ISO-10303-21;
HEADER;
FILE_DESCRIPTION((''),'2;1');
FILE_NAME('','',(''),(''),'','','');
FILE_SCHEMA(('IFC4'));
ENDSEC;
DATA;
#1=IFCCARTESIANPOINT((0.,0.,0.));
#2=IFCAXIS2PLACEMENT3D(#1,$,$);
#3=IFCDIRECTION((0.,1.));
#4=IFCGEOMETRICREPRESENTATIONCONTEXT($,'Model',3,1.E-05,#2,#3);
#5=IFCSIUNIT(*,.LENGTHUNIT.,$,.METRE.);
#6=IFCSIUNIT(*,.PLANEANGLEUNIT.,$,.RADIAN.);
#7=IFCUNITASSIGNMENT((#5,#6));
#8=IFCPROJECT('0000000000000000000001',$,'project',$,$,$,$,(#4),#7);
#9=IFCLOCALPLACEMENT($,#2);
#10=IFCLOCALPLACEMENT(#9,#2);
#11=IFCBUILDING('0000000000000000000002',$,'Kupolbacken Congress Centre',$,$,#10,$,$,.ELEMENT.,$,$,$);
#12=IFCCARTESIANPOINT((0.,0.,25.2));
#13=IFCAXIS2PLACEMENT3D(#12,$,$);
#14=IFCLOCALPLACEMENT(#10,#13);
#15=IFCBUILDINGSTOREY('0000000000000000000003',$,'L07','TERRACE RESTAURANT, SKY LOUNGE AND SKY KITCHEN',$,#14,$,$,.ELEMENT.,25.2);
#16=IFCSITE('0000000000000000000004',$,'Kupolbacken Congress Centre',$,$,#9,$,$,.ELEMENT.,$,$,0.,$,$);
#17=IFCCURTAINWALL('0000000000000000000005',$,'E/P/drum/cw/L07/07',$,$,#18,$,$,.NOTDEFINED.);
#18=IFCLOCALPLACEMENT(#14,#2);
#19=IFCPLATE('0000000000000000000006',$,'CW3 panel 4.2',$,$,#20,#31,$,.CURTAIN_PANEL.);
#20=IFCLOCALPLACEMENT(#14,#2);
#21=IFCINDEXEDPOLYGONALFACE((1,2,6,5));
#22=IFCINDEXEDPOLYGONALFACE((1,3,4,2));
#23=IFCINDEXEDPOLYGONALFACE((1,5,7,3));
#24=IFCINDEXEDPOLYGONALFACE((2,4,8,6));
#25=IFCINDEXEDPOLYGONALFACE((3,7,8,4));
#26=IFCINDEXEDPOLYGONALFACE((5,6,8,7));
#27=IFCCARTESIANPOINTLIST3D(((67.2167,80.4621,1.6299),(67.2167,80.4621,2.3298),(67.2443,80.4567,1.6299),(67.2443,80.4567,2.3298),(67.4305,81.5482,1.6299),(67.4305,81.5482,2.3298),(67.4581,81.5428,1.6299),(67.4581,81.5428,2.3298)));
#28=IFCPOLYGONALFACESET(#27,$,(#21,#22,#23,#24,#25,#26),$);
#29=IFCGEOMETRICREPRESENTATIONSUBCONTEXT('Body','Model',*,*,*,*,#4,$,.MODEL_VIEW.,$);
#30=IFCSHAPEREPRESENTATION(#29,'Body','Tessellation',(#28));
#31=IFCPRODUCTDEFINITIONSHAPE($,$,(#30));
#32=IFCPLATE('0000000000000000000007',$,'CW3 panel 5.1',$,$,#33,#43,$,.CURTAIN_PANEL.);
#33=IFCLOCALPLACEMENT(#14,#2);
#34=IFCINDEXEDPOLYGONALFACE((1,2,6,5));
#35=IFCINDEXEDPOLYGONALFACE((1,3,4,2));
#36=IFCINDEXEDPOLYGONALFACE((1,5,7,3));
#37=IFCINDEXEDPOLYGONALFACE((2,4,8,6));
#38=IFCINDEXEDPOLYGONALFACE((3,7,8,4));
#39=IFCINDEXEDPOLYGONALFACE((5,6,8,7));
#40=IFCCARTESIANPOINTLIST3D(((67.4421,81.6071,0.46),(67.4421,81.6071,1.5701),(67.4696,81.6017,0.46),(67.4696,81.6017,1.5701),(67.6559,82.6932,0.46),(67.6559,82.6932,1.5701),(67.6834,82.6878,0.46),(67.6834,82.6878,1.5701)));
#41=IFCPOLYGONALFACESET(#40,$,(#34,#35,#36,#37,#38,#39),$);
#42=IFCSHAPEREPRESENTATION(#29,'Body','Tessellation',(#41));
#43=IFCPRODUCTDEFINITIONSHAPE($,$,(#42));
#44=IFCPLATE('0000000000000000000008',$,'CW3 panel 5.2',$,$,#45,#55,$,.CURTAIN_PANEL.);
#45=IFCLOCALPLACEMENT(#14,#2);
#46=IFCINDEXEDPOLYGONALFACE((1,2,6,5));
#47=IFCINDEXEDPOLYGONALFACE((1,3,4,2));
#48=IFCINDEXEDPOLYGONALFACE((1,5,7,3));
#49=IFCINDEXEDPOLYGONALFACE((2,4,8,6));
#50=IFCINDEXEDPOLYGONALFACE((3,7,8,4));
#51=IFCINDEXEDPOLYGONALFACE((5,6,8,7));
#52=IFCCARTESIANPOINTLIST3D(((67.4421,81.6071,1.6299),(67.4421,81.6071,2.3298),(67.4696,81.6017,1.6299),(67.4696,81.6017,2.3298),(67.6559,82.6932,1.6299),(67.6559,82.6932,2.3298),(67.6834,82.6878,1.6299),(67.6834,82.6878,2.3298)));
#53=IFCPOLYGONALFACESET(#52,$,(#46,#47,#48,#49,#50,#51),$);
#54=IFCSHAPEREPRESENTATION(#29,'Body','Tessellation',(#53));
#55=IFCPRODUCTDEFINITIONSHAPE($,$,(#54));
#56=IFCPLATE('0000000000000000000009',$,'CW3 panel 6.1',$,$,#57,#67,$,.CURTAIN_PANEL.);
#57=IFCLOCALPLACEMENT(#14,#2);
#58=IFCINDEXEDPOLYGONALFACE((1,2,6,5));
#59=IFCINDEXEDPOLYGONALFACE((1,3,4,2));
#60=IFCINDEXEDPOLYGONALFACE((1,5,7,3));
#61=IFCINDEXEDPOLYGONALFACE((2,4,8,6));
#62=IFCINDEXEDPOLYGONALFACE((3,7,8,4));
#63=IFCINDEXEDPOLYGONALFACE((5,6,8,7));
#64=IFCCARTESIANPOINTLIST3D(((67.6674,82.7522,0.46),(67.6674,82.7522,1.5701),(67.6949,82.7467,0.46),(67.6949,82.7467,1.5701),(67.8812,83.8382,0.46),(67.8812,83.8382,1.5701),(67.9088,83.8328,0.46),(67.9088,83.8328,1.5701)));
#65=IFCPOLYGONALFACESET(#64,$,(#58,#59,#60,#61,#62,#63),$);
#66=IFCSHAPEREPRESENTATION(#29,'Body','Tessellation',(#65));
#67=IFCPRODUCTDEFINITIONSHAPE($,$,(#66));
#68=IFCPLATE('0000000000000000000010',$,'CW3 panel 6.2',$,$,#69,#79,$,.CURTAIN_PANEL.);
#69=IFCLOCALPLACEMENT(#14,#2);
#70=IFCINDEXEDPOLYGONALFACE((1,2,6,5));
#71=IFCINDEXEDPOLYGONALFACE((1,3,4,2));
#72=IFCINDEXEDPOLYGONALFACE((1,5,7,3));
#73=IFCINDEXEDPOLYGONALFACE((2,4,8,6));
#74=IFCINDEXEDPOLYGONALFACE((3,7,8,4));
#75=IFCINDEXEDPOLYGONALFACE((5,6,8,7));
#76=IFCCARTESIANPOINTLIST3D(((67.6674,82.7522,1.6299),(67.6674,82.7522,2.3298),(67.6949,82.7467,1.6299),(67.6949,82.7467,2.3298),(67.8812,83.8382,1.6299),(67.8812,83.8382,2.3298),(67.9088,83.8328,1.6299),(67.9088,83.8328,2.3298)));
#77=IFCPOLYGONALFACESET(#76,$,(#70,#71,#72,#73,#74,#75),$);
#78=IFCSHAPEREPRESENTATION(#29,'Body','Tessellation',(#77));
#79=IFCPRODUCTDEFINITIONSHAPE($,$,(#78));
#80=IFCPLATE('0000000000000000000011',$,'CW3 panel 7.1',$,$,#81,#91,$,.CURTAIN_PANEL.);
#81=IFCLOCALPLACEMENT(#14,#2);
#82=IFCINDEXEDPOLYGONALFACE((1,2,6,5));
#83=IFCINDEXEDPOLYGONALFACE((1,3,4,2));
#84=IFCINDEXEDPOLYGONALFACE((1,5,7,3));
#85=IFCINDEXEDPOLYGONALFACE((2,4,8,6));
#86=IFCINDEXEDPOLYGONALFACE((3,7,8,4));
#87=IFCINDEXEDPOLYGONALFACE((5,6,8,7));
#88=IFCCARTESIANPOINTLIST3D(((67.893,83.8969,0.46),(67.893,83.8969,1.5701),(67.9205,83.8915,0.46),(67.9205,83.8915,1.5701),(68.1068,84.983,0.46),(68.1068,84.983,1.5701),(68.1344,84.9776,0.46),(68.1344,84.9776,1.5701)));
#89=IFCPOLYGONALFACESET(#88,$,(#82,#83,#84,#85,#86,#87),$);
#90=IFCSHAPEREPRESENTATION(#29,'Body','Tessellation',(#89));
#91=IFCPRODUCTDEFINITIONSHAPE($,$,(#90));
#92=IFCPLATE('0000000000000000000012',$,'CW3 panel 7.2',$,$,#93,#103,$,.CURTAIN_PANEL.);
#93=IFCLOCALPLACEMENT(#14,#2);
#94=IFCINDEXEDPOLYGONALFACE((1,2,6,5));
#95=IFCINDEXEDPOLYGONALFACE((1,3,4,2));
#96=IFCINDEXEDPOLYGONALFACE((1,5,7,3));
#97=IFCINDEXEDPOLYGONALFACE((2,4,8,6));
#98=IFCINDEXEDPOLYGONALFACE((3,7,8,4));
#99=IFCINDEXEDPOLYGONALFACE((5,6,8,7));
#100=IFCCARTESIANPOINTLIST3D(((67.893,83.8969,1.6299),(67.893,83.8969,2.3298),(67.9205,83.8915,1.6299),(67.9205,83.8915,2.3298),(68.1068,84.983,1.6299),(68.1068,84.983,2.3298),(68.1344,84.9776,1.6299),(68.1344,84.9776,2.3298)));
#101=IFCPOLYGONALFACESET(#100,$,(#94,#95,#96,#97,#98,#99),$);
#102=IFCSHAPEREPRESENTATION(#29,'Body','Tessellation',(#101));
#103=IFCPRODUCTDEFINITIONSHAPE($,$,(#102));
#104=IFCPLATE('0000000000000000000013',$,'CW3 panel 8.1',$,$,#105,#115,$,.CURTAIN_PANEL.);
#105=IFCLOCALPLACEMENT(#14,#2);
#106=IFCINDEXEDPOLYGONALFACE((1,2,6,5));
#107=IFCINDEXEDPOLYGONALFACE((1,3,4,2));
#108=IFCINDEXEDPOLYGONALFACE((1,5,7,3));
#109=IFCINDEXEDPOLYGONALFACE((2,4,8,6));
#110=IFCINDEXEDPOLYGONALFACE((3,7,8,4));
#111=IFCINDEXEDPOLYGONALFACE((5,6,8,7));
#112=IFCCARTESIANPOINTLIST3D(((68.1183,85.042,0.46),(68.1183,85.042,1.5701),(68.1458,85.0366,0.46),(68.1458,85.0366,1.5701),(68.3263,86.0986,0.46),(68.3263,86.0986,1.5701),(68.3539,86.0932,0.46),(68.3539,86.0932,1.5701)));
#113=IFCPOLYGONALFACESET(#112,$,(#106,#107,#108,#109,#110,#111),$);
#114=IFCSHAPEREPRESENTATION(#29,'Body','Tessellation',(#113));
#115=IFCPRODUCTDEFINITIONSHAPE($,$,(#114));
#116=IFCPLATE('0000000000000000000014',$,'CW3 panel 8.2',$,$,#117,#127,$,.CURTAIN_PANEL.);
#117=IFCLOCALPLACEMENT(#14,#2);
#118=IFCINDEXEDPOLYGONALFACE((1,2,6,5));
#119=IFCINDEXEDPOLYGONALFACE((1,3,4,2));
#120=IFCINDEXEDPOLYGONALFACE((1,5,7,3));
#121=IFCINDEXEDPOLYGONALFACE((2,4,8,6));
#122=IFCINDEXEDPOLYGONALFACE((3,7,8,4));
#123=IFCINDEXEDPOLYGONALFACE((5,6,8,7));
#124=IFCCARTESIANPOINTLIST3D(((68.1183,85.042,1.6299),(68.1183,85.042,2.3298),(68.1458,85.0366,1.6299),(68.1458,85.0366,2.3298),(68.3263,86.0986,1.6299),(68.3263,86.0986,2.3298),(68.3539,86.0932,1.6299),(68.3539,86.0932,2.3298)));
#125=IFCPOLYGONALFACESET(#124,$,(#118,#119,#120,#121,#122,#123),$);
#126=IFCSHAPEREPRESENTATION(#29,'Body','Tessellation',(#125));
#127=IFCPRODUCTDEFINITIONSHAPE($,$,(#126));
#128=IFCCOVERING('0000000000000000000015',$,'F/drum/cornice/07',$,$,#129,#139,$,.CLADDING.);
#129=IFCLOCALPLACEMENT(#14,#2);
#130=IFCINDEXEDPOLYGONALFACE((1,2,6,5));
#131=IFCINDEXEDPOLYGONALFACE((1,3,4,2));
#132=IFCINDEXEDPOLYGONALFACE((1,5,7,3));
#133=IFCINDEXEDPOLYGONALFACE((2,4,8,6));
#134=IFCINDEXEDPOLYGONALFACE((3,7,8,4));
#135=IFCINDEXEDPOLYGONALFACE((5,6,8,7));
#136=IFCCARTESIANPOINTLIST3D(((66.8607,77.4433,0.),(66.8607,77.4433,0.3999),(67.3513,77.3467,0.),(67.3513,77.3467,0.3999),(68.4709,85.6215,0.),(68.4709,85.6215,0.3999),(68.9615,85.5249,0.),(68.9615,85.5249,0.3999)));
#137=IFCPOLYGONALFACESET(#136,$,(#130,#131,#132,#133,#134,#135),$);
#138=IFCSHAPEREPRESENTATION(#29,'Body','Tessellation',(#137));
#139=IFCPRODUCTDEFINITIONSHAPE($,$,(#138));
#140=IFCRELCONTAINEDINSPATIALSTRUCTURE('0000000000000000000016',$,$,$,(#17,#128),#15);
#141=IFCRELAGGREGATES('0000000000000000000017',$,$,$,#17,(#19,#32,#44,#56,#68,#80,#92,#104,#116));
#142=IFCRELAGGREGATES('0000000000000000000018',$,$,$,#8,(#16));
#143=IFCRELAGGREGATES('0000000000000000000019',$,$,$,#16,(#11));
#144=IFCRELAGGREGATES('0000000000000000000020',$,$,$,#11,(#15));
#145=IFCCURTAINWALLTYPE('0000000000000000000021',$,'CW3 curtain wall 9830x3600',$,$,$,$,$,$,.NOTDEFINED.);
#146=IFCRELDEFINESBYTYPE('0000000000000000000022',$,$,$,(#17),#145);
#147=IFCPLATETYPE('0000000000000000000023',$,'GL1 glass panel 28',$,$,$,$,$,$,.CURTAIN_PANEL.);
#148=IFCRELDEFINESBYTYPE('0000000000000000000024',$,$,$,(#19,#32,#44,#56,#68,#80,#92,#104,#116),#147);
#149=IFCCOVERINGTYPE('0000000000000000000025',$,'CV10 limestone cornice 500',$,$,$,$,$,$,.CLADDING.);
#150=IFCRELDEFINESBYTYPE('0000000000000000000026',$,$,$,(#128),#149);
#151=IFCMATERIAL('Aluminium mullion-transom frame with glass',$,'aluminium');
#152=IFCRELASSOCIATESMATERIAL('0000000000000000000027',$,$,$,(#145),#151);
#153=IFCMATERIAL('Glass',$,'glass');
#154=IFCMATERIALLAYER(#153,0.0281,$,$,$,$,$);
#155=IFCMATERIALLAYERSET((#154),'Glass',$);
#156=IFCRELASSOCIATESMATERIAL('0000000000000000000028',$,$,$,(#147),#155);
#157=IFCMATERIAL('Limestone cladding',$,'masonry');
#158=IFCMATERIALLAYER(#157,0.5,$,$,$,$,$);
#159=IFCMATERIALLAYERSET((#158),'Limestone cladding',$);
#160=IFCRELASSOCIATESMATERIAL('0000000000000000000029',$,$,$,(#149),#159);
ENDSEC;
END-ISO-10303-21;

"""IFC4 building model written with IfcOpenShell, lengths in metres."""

from ifc_helpers import new_model, si_unit, direction, frame, origin, origin_2d, place, context, subcontext, project, spatial, rectangle, extrude, material, layer, layer_set, type_object, element, aggregate, save


model = new_model("IFC4")

# Units and contexts
model_context = context("Model", 3, precision=1e-05, world=origin(), true_north=direction((0.0, 1.0)))
body_context = subcontext(model_context, "Body", "Model", "MODEL_VIEW")
ifc_project = project(units=[si_unit("LENGTHUNIT", "METRE"), si_unit("PLANEANGLEUNIT", "RADIAN")], contexts=[model_context])

# Site, building, storey
site_placement = place(None, origin())
site = spatial("IfcSite", under=ifc_project, at=site_placement, Name="Kupolbacken Congress Centre", CompositionType="ELEMENT", RefElevation=0.0)
building_placement = place(site_placement, origin())
building = spatial("IfcBuilding", under=site, at=building_placement, Name="Kupolbacken Congress Centre", CompositionType="ELEMENT")
storey_placement = place(building_placement, frame((0.0, 0.0, 25.2)))
storey = spatial("IfcBuildingStorey", under=building, at=storey_placement, Name="L07", Description="TERRACE RESTAURANT, SKY LOUNGE AND SKY KITCHEN", CompositionType="ELEMENT", Elevation=25.2)

# Curtain wall, plates
ifc_material_1 = material(Name="Aluminium mullion-transom frame with glass", Category="aluminium")
curtain_wall_type = type_object("IfcCurtainWallType", Name="CW3 curtain wall 9830x3600", PredefinedType="NOTDEFINED", material=ifc_material_1)
curtain_wall_placement = place(storey_placement, origin())
curtain_wall = element("IfcCurtainWall", 1, at=curtain_wall_placement, inside=storey, type_object=curtain_wall_type, Name="E/P/drum/cw/L07/07", PredefinedType="NOTDEFINED")
ifc_material_2 = material(Name="Glass", Category="glass")
ifc_layer_1 = layer(ifc_material_2, 0.0281)
ifc_layer_set_1 = layer_set([ifc_layer_1], Name="Glass")
plate_type = type_object("IfcPlateType", Name="GL1 glass panel 28", PredefinedType="CURTAIN_PANEL", material=ifc_layer_set_1)
plate_1_placement = place(storey_placement, frame((67.3374, 81.0024, 1.6299), z_axis=(0.0, 0.0, 1.0), x_axis=(0.193182, 0.981163, 0.0)))
plate_1 = element("IfcPlate", 2, at=plate_1_placement, type_object=plate_type, Name="CW3 panel 4.2", PredefinedType="CURTAIN_PANEL", context=body_context, shape_type="SweptSolid", body=[
    extrude(rectangle(XDim=1.1069, YDim=0.0281, at=origin_2d()), origin(), (0.0, 0.0, 1.0), 0.7),
])
plate_2_placement = place(storey_placement, frame((67.5627, 82.1475, 0.46), z_axis=(0.0, 0.0, 1.0), x_axis=(0.193182, 0.981163, 0.0)))
plate_2 = element("IfcPlate", 3, at=plate_2_placement, type_object=plate_type, Name="CW3 panel 5.1", PredefinedType="CURTAIN_PANEL", context=body_context, shape_type="SweptSolid", body=[
    extrude(rectangle(XDim=1.1069, YDim=0.0281, at=origin_2d()), origin(), (0.0, 0.0, 1.0), 1.1101),
])
plate_3_placement = place(storey_placement, frame((67.5627, 82.1475, 1.6299), z_axis=(0.0, 0.0, 1.0), x_axis=(0.193182, 0.981163, 0.0)))
plate_3 = element("IfcPlate", 4, at=plate_3_placement, type_object=plate_type, Name="CW3 panel 5.2", PredefinedType="CURTAIN_PANEL", context=body_context, shape_type="SweptSolid", body=[
    extrude(rectangle(XDim=1.1069, YDim=0.0281, at=origin_2d()), origin(), (0.0, 0.0, 1.0), 0.7),
])
plate_4_placement = place(storey_placement, frame((67.7881, 83.2925, 0.46), z_axis=(0.0, 0.0, 1.0), x_axis=(0.193182, 0.981163, 0.0)))
plate_4 = element("IfcPlate", 5, at=plate_4_placement, type_object=plate_type, Name="CW3 panel 6.1", PredefinedType="CURTAIN_PANEL", context=body_context, shape_type="SweptSolid", body=[
    extrude(rectangle(XDim=1.1069, YDim=0.0281, at=origin_2d()), origin(), (0.0, 0.0, 1.0), 1.1101),
])
plate_5_placement = place(storey_placement, frame((67.7881, 83.2925, 1.6299), z_axis=(0.0, 0.0, 1.0), x_axis=(0.193182, 0.981163, 0.0)))
plate_5 = element("IfcPlate", 6, at=plate_5_placement, type_object=plate_type, Name="CW3 panel 6.2", PredefinedType="CURTAIN_PANEL", context=body_context, shape_type="SweptSolid", body=[
    extrude(rectangle(XDim=1.1069, YDim=0.0281, at=origin_2d()), origin(), (0.0, 0.0, 1.0), 0.7),
])
plate_6_placement = place(storey_placement, frame((68.0137, 84.4373, 0.46), z_axis=(0.0, 0.0, 1.0), x_axis=(0.193182, 0.981163, 0.0)))
plate_6 = element("IfcPlate", 7, at=plate_6_placement, type_object=plate_type, Name="CW3 panel 7.1", PredefinedType="CURTAIN_PANEL", context=body_context, shape_type="SweptSolid", body=[
    extrude(rectangle(XDim=1.1069, YDim=0.0281, at=origin_2d()), origin(), (0.0, 0.0, 1.0), 1.1101),
])
plate_7_placement = place(storey_placement, frame((68.0137, 84.4373, 1.6299), z_axis=(0.0, 0.0, 1.0), x_axis=(0.193182, 0.981163, 0.0)))
plate_7 = element("IfcPlate", 8, at=plate_7_placement, type_object=plate_type, Name="CW3 panel 7.2", PredefinedType="CURTAIN_PANEL", context=body_context, shape_type="SweptSolid", body=[
    extrude(rectangle(XDim=1.1069, YDim=0.0281, at=origin_2d()), origin(), (0.0, 0.0, 1.0), 0.7),
])
plate_8_placement = place(storey_placement, frame((68.2361, 85.5676, 0.46), z_axis=(0.0, 0.0, 1.0), x_axis=(0.193182, 0.981163, 0.0)))
plate_8 = element("IfcPlate", 9, at=plate_8_placement, type_object=plate_type, Name="CW3 panel 8.1", PredefinedType="CURTAIN_PANEL", context=body_context, shape_type="SweptSolid", body=[
    extrude(rectangle(XDim=1.0769, YDim=0.0281, at=origin_2d()), origin(), (0.0, 0.0, 1.0), 1.1101),
])
plate_9_placement = place(storey_placement, frame((68.2361, 85.5676, 1.6299), z_axis=(0.0, 0.0, 1.0), x_axis=(0.193182, 0.981163, 0.0)))
plate_9 = element("IfcPlate", 10, at=plate_9_placement, type_object=plate_type, Name="CW3 panel 8.2", PredefinedType="CURTAIN_PANEL", context=body_context, shape_type="SweptSolid", body=[
    extrude(rectangle(XDim=1.0769, YDim=0.0281, at=origin_2d()), origin(), (0.0, 0.0, 1.0), 0.7),
])
aggregate(curtain_wall, [plate_1, plate_2, plate_3, plate_4, plate_5, plate_6, plate_7, plate_8, plate_9])

# Covering
ifc_material_3 = material(Name="Limestone cladding", Category="masonry")
ifc_layer_2 = layer(ifc_material_3, 0.5)
ifc_layer_set_2 = layer_set([ifc_layer_2], Name="Limestone cladding")
covering_type = type_object("IfcCoveringType", Name="CV10 limestone cornice 500", PredefinedType="CLADDING", material=ifc_layer_set_2)
covering_placement = place(storey_placement, frame((67.9111, 81.4841, 0.0), z_axis=(0.0, 0.0, 1.0), x_axis=(0.193182, 0.981163, 0.0)))
element("IfcCovering", 11, at=covering_placement, inside=storey, type_object=covering_type, Name="F/drum/cornice/07", PredefinedType="CLADDING", context=body_context, shape_type="SweptSolid", body=[
    extrude(rectangle(XDim=8.3352, YDim=0.5, at=origin_2d()), origin(), (0.0, 0.0, 1.0), 0.3999),
])

save(model, "model.ifc")
